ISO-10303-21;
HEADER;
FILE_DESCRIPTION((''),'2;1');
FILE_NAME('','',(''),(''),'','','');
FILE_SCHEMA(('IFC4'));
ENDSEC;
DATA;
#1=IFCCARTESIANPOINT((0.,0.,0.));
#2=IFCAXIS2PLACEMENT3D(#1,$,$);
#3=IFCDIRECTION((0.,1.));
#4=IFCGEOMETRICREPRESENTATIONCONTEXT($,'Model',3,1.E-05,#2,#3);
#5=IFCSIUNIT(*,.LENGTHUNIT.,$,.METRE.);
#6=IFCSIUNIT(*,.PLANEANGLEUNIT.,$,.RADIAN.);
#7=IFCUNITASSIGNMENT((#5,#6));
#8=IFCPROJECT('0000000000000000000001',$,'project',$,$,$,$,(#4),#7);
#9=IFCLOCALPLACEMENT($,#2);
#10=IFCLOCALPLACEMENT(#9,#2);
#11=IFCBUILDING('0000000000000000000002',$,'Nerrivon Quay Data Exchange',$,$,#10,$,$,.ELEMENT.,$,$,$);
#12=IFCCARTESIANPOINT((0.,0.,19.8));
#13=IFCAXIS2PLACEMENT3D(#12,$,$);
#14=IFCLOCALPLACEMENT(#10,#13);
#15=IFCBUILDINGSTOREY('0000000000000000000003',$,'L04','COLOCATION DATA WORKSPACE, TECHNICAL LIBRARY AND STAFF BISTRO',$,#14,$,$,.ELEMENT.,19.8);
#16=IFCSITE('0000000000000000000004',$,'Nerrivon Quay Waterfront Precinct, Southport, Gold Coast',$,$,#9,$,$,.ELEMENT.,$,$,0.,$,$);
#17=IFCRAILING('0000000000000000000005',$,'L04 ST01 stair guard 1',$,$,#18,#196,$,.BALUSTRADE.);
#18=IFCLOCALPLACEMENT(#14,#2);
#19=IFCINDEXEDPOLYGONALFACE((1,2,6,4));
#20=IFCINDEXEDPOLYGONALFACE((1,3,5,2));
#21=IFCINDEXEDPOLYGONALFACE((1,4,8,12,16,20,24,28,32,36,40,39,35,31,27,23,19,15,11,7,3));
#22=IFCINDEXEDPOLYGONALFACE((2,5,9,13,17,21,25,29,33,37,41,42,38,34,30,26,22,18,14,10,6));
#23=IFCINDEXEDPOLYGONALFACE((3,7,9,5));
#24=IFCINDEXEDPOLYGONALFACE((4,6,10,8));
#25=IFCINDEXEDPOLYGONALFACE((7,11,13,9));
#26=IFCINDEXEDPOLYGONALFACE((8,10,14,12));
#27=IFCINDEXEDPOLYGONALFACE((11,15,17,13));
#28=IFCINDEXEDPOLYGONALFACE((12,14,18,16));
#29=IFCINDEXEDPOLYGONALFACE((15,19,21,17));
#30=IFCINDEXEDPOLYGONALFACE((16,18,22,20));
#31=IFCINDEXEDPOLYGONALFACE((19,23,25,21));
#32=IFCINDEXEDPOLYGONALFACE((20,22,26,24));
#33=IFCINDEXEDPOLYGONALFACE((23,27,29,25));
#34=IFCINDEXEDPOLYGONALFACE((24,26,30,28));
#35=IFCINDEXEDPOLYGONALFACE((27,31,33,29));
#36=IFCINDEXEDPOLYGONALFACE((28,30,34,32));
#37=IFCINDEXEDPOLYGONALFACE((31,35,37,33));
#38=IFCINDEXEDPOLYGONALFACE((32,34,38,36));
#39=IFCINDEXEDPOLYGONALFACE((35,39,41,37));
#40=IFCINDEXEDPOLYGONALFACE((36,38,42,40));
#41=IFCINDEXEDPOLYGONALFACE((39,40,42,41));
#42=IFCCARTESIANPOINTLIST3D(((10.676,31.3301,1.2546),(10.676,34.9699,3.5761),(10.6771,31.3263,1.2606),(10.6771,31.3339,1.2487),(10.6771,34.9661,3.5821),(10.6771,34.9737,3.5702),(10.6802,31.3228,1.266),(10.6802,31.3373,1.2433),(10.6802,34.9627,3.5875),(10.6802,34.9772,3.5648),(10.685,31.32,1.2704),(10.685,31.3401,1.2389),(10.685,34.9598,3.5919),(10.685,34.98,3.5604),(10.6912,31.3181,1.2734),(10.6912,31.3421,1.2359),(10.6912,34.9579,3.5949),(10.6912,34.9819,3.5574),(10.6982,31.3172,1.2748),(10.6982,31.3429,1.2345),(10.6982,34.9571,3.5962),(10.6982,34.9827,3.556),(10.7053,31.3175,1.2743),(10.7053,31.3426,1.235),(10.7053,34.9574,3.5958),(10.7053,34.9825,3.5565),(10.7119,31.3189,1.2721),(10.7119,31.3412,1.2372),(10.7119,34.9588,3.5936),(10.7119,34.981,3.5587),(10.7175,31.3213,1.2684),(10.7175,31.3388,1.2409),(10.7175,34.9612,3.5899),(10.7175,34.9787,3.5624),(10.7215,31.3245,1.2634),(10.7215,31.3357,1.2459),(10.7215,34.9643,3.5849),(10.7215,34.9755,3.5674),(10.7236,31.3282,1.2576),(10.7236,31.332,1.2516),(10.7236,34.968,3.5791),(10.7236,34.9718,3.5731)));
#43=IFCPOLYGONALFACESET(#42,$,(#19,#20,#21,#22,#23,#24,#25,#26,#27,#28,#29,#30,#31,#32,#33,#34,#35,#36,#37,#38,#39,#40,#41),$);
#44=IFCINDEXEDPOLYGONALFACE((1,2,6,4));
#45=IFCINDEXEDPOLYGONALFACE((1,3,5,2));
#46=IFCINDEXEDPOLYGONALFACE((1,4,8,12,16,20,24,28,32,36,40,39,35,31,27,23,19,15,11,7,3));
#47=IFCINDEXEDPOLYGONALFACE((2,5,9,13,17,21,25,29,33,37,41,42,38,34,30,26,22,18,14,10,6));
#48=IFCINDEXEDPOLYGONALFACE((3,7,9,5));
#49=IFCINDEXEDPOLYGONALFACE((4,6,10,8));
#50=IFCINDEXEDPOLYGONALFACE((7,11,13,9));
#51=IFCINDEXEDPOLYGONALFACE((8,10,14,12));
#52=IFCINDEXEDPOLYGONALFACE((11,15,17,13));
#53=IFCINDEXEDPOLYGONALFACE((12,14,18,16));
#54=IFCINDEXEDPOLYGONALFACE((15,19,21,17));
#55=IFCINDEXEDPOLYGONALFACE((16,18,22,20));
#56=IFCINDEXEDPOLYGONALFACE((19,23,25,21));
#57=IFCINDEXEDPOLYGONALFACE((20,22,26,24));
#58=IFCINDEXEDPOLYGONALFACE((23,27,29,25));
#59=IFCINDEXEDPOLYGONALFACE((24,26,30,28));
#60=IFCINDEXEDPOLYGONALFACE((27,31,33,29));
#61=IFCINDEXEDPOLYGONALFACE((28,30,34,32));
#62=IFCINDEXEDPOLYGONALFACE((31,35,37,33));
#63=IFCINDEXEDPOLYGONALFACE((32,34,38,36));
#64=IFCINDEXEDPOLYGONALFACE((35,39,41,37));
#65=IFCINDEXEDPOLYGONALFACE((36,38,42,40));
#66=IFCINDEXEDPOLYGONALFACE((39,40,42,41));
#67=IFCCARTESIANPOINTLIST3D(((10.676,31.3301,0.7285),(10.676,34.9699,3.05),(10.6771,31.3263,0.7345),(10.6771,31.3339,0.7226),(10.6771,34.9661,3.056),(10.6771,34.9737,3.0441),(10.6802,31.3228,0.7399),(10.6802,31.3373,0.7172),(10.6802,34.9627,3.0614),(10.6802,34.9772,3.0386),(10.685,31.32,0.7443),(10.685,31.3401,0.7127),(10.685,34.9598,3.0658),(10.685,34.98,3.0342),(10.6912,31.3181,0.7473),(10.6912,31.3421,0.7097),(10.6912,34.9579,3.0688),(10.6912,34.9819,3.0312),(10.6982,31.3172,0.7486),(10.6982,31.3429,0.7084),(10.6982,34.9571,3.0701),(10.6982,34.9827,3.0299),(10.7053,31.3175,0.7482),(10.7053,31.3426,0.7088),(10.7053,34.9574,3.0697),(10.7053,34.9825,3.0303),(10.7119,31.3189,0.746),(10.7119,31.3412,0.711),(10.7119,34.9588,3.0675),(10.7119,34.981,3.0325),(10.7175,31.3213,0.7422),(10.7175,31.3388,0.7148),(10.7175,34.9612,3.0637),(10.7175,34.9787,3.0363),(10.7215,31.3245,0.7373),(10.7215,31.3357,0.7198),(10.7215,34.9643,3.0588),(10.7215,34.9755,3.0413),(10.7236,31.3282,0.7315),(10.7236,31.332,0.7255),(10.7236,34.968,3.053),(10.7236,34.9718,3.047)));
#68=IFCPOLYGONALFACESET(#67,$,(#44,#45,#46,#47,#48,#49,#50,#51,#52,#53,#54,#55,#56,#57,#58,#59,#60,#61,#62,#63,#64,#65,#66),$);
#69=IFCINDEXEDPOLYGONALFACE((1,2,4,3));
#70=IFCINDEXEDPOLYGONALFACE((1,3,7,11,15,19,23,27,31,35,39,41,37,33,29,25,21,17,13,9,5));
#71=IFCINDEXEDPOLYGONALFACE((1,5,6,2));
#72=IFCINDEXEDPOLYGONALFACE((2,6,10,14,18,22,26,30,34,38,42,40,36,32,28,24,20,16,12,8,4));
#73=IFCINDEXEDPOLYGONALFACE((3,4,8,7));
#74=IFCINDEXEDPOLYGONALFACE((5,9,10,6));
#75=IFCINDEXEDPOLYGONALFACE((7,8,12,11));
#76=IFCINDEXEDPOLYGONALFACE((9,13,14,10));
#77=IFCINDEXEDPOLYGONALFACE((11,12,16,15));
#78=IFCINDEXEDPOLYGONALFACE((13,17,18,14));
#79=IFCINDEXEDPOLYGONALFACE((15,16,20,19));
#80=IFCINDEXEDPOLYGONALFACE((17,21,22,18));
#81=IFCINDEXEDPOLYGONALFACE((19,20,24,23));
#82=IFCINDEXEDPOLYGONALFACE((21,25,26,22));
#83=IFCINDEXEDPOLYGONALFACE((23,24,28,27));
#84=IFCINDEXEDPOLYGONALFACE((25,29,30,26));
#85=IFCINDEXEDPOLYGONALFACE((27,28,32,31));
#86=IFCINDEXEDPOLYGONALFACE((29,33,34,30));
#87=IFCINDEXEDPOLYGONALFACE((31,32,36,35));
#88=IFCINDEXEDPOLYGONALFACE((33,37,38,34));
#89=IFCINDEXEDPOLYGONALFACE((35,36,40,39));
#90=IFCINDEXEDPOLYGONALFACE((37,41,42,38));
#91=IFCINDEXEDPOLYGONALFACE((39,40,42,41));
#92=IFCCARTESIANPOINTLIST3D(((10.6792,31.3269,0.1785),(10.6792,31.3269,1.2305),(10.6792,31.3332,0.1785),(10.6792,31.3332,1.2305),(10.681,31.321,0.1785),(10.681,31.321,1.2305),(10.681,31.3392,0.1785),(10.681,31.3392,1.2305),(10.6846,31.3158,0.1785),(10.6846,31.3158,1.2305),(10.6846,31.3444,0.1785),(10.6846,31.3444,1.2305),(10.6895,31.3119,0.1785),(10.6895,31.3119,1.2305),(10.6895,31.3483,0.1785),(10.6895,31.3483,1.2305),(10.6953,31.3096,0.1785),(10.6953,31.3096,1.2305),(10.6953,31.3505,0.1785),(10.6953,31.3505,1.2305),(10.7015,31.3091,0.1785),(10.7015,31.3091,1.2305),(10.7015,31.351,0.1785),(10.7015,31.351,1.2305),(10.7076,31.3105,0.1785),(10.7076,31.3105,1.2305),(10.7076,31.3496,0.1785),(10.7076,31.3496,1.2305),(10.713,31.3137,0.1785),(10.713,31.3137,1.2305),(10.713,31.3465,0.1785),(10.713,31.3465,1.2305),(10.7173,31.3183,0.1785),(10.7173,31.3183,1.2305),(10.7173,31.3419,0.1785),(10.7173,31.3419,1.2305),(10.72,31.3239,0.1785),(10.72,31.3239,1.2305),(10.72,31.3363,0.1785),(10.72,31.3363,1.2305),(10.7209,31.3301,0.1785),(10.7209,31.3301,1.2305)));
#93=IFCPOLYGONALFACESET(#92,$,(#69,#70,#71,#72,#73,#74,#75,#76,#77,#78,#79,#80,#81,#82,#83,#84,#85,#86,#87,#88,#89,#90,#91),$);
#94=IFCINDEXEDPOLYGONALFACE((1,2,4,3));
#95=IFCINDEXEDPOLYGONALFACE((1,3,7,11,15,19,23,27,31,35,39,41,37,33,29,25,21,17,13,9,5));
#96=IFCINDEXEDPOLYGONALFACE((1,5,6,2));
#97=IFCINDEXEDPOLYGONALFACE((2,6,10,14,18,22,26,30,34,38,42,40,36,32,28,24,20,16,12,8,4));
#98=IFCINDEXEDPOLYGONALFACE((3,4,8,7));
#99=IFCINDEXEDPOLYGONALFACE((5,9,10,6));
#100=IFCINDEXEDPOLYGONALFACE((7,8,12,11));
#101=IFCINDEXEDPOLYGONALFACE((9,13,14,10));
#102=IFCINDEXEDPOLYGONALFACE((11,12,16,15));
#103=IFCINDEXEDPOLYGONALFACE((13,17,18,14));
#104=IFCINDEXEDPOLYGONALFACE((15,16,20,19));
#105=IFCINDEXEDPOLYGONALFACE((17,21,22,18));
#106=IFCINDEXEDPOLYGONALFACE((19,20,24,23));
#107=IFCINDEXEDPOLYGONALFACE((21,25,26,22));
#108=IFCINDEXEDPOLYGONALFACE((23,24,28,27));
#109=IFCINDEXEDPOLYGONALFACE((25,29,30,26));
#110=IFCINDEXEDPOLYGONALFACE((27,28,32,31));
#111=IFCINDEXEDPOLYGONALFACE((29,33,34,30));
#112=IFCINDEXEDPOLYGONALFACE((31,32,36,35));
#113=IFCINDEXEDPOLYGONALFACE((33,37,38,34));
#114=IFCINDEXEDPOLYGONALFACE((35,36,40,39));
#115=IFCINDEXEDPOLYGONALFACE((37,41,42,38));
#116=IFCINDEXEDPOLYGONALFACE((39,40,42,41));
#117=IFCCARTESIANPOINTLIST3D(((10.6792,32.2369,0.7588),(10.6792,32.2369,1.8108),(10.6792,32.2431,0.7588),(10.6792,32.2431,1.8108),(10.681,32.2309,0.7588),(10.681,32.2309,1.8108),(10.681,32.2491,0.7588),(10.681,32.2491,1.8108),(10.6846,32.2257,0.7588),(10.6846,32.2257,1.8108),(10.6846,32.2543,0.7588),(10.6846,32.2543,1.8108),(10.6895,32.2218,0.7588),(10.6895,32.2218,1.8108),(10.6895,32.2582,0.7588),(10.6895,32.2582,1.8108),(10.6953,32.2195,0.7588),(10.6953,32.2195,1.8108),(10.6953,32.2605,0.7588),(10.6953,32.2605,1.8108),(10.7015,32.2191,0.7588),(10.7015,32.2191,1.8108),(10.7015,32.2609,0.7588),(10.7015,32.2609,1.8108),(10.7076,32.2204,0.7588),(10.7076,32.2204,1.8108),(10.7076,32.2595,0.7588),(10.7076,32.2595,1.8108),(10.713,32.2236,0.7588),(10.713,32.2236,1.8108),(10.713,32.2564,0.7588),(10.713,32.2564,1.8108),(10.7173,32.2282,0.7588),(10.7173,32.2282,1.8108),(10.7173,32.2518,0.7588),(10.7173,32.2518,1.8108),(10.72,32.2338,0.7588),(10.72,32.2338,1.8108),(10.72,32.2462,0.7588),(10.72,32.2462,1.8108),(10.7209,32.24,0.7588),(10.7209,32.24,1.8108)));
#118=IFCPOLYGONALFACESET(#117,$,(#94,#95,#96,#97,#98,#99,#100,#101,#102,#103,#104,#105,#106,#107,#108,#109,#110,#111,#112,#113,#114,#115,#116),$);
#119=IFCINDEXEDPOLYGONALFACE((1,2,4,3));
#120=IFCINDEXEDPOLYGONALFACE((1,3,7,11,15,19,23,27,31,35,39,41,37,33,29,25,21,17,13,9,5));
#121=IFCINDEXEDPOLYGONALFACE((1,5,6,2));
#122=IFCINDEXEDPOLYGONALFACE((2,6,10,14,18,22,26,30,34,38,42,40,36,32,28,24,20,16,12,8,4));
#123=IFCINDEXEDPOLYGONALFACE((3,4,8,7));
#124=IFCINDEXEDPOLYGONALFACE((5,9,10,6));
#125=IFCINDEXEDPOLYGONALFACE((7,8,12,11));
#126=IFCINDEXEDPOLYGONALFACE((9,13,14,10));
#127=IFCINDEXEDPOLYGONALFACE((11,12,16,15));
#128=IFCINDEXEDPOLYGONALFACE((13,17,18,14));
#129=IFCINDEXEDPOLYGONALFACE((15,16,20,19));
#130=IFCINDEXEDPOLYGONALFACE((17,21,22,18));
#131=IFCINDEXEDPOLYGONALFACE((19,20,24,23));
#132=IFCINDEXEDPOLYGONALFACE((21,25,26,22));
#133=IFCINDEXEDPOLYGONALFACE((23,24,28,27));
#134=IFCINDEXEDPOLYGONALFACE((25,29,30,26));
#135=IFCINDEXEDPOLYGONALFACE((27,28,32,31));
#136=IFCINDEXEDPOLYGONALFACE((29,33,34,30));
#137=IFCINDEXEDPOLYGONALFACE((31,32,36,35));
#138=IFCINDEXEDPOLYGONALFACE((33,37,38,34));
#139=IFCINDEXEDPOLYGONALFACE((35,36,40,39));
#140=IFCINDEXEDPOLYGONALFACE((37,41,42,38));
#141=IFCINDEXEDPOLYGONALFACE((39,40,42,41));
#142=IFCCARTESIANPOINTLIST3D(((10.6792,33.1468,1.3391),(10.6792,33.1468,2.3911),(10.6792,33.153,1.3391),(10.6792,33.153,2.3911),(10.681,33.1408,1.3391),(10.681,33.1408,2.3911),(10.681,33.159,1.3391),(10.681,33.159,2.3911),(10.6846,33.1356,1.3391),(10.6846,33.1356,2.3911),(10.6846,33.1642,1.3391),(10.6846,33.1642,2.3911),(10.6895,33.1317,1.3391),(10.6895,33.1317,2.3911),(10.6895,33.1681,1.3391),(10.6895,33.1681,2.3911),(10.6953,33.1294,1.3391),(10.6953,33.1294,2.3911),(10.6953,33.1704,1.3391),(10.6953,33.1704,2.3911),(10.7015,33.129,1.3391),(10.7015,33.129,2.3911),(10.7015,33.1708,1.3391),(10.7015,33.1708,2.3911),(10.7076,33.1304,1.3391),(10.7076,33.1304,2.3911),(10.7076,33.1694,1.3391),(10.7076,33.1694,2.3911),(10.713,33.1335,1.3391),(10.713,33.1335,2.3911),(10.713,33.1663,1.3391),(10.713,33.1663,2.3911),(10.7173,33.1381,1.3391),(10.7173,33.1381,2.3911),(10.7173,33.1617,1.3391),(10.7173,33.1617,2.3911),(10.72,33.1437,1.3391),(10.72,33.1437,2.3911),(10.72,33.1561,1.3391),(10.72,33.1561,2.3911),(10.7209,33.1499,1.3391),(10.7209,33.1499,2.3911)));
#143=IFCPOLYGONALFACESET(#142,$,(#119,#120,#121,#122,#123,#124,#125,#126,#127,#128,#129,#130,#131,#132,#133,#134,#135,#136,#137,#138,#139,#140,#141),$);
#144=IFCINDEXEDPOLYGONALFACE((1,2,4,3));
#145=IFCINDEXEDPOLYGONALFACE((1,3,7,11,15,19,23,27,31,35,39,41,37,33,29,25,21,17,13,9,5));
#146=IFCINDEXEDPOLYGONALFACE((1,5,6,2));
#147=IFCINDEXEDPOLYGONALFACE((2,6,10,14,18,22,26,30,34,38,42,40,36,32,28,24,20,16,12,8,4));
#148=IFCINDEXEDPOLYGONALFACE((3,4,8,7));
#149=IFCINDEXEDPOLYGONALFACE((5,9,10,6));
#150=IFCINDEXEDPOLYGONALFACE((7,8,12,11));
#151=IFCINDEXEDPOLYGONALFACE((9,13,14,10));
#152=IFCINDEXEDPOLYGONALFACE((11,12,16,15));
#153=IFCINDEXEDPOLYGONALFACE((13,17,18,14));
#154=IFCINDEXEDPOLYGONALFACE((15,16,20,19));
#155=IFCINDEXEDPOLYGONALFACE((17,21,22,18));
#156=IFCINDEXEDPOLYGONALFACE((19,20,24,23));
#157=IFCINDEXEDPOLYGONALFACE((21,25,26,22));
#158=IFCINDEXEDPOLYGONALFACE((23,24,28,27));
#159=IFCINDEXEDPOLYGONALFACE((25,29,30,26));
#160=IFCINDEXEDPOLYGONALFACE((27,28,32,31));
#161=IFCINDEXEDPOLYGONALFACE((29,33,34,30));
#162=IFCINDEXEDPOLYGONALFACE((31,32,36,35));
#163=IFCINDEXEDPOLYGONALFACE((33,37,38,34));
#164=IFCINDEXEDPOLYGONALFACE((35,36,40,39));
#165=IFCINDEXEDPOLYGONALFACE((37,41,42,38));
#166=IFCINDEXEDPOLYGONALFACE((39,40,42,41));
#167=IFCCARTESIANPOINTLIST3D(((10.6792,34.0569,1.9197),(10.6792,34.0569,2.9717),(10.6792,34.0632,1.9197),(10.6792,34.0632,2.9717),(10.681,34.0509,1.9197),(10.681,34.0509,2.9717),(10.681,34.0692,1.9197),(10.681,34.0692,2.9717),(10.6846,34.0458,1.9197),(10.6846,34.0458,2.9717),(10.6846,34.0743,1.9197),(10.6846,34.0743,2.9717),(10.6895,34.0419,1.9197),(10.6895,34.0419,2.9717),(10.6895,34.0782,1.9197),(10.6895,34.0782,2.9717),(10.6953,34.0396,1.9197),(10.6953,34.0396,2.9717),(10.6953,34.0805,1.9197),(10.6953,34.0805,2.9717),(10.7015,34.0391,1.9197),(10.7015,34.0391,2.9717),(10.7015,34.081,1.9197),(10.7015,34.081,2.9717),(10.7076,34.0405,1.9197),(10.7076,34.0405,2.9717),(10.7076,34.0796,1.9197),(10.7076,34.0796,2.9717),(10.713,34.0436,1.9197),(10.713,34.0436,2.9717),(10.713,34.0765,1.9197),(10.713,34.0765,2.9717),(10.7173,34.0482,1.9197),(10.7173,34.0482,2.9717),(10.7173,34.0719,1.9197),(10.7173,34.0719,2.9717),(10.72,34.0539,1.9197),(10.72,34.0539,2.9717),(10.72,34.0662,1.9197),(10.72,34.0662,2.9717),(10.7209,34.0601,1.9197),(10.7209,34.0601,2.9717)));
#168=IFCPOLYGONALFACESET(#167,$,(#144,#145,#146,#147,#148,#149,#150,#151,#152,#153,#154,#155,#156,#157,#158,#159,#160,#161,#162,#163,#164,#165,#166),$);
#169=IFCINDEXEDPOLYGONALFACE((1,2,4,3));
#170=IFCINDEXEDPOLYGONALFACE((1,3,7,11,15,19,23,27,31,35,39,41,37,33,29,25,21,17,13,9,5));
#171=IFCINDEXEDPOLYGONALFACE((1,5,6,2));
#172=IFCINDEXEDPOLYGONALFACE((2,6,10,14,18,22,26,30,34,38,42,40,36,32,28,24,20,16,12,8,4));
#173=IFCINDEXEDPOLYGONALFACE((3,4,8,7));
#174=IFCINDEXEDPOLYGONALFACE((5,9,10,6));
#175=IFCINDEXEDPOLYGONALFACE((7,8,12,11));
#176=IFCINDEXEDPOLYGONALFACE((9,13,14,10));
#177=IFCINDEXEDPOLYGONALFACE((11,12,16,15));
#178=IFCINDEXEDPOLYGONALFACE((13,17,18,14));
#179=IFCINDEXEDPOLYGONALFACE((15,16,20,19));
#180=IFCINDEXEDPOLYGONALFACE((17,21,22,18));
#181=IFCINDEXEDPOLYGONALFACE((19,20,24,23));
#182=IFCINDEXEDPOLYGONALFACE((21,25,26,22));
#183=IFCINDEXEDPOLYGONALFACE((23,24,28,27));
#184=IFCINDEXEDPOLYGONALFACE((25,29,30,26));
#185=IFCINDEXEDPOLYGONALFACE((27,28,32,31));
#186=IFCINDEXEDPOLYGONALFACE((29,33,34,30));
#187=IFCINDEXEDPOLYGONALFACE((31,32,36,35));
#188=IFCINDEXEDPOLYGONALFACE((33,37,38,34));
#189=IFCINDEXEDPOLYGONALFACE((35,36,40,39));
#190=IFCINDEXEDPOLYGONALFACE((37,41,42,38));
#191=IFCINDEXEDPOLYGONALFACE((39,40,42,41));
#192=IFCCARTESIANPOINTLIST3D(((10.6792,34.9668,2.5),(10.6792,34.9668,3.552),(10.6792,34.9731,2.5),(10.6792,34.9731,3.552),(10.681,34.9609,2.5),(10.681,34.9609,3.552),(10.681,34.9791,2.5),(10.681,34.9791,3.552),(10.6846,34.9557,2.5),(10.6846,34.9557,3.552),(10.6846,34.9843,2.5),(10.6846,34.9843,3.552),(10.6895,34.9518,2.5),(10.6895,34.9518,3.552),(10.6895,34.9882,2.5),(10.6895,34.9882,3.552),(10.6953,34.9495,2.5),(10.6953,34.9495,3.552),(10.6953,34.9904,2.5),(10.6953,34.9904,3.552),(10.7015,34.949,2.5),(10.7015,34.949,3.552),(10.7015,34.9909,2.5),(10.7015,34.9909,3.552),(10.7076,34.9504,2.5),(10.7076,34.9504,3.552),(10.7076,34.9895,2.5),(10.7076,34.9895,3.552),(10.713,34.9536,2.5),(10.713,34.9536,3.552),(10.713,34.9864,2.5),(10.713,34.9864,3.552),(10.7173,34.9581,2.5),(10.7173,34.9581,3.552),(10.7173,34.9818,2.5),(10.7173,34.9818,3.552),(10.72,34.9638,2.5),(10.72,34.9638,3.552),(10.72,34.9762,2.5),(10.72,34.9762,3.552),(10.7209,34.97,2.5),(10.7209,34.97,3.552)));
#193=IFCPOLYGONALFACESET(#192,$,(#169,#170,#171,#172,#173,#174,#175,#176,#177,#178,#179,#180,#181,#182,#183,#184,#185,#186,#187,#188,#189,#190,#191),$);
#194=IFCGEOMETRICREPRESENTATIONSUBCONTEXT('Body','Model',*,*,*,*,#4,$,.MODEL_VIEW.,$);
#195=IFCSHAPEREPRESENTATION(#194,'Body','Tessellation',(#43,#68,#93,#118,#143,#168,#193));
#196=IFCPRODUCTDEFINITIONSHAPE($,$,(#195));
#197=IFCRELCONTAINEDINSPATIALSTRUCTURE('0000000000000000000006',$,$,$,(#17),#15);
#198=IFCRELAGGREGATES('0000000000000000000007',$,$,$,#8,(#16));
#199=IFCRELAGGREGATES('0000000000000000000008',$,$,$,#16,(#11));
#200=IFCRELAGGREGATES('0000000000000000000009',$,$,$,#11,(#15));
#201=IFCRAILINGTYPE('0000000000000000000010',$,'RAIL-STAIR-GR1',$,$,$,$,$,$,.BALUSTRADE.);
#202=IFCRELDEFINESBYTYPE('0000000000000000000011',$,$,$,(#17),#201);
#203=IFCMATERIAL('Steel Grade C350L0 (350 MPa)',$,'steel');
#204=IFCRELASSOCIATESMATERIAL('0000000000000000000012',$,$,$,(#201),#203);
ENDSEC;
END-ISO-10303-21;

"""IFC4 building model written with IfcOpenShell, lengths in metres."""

from ifc_helpers import new_model, si_unit, direction, frame, origin, origin_2d, place, context, subcontext, project, spatial, circle, extrude, material, type_object, element, save


model = new_model("IFC4")

# Units and contexts
model_context = context("Model", 3, precision=1e-05, world=origin(), true_north=direction((0.0, 1.0)))
body_context = subcontext(model_context, "Body", "Model", "MODEL_VIEW")
ifc_project = project(units=[si_unit("LENGTHUNIT", "METRE"), si_unit("PLANEANGLEUNIT", "RADIAN")], contexts=[model_context])

# Site, building, storey
site_placement = place(None, origin())
site = spatial("IfcSite", under=ifc_project, at=site_placement, Name="Nerrivon Quay Waterfront Precinct, Southport, Gold Coast", CompositionType="ELEMENT", RefElevation=0.0)
building_placement = place(site_placement, origin())
building = spatial("IfcBuilding", under=site, at=building_placement, Name="Nerrivon Quay Data Exchange", CompositionType="ELEMENT")
storey_placement = place(building_placement, frame((0.0, 0.0, 19.8)))
storey = spatial("IfcBuildingStorey", under=building, at=storey_placement, Name="L04", Description="COLOCATION DATA WORKSPACE, TECHNICAL LIBRARY AND STAFF BISTRO", CompositionType="ELEMENT", Elevation=19.8)

# Railing
ifc_material_1 = material(Name="Steel Grade C350L0 (350 MPa)", Category="steel")
railing_type = type_object("IfcRailingType", Name="RAIL-STAIR-GR1", PredefinedType="BALUSTRADE", material=ifc_material_1)
railing_1_placement = place(storey_placement, frame((10.7, 31.3301, 0.1785)))
element("IfcRailing", 1, at=railing_1_placement, inside=storey, type_object=railing_type, Name="L04 ST01 stair guard 1", PredefinedType="BALUSTRADE", context=body_context, shape_type="SweptSolid", body=[
    extrude(circle(Radius=0.0239, at=origin_2d()), frame((0.0, 0.0, 1.0762), z_axis=(0.0, 0.843112, 0.537739), x_axis=(-1.0, 0.0, 0.0)), (0.0, 0.0, 1.0), 4.3171),
    extrude(circle(Radius=0.0239, at=origin_2d()), frame((0.0, 0.0, 0.55), z_axis=(0.0, 0.843112, 0.537739), x_axis=(-1.0, 0.0, 0.0)), (0.0, 0.0, 1.0), 4.3171),
    extrude(circle(Radius=0.021, at=origin_2d()), origin(), (0.0, 0.0, 1.0), 1.052),
    extrude(circle(Radius=0.021, at=origin_2d()), frame((0.0, 0.9099, 0.5803)), (0.0, 0.0, 1.0), 1.052),
    extrude(circle(Radius=0.021, at=origin_2d()), frame((0.0, 1.8198, 1.1606)), (0.0, 0.0, 1.0), 1.052),
    extrude(circle(Radius=0.021, at=origin_2d()), frame((0.0, 2.73, 1.7412)), (0.0, 0.0, 1.0), 1.052),
    extrude(circle(Radius=0.021, at=origin_2d()), frame((0.0, 3.6399, 2.3215)), (0.0, 0.0, 1.0), 1.052),
])

save(model, "model.ifc")
